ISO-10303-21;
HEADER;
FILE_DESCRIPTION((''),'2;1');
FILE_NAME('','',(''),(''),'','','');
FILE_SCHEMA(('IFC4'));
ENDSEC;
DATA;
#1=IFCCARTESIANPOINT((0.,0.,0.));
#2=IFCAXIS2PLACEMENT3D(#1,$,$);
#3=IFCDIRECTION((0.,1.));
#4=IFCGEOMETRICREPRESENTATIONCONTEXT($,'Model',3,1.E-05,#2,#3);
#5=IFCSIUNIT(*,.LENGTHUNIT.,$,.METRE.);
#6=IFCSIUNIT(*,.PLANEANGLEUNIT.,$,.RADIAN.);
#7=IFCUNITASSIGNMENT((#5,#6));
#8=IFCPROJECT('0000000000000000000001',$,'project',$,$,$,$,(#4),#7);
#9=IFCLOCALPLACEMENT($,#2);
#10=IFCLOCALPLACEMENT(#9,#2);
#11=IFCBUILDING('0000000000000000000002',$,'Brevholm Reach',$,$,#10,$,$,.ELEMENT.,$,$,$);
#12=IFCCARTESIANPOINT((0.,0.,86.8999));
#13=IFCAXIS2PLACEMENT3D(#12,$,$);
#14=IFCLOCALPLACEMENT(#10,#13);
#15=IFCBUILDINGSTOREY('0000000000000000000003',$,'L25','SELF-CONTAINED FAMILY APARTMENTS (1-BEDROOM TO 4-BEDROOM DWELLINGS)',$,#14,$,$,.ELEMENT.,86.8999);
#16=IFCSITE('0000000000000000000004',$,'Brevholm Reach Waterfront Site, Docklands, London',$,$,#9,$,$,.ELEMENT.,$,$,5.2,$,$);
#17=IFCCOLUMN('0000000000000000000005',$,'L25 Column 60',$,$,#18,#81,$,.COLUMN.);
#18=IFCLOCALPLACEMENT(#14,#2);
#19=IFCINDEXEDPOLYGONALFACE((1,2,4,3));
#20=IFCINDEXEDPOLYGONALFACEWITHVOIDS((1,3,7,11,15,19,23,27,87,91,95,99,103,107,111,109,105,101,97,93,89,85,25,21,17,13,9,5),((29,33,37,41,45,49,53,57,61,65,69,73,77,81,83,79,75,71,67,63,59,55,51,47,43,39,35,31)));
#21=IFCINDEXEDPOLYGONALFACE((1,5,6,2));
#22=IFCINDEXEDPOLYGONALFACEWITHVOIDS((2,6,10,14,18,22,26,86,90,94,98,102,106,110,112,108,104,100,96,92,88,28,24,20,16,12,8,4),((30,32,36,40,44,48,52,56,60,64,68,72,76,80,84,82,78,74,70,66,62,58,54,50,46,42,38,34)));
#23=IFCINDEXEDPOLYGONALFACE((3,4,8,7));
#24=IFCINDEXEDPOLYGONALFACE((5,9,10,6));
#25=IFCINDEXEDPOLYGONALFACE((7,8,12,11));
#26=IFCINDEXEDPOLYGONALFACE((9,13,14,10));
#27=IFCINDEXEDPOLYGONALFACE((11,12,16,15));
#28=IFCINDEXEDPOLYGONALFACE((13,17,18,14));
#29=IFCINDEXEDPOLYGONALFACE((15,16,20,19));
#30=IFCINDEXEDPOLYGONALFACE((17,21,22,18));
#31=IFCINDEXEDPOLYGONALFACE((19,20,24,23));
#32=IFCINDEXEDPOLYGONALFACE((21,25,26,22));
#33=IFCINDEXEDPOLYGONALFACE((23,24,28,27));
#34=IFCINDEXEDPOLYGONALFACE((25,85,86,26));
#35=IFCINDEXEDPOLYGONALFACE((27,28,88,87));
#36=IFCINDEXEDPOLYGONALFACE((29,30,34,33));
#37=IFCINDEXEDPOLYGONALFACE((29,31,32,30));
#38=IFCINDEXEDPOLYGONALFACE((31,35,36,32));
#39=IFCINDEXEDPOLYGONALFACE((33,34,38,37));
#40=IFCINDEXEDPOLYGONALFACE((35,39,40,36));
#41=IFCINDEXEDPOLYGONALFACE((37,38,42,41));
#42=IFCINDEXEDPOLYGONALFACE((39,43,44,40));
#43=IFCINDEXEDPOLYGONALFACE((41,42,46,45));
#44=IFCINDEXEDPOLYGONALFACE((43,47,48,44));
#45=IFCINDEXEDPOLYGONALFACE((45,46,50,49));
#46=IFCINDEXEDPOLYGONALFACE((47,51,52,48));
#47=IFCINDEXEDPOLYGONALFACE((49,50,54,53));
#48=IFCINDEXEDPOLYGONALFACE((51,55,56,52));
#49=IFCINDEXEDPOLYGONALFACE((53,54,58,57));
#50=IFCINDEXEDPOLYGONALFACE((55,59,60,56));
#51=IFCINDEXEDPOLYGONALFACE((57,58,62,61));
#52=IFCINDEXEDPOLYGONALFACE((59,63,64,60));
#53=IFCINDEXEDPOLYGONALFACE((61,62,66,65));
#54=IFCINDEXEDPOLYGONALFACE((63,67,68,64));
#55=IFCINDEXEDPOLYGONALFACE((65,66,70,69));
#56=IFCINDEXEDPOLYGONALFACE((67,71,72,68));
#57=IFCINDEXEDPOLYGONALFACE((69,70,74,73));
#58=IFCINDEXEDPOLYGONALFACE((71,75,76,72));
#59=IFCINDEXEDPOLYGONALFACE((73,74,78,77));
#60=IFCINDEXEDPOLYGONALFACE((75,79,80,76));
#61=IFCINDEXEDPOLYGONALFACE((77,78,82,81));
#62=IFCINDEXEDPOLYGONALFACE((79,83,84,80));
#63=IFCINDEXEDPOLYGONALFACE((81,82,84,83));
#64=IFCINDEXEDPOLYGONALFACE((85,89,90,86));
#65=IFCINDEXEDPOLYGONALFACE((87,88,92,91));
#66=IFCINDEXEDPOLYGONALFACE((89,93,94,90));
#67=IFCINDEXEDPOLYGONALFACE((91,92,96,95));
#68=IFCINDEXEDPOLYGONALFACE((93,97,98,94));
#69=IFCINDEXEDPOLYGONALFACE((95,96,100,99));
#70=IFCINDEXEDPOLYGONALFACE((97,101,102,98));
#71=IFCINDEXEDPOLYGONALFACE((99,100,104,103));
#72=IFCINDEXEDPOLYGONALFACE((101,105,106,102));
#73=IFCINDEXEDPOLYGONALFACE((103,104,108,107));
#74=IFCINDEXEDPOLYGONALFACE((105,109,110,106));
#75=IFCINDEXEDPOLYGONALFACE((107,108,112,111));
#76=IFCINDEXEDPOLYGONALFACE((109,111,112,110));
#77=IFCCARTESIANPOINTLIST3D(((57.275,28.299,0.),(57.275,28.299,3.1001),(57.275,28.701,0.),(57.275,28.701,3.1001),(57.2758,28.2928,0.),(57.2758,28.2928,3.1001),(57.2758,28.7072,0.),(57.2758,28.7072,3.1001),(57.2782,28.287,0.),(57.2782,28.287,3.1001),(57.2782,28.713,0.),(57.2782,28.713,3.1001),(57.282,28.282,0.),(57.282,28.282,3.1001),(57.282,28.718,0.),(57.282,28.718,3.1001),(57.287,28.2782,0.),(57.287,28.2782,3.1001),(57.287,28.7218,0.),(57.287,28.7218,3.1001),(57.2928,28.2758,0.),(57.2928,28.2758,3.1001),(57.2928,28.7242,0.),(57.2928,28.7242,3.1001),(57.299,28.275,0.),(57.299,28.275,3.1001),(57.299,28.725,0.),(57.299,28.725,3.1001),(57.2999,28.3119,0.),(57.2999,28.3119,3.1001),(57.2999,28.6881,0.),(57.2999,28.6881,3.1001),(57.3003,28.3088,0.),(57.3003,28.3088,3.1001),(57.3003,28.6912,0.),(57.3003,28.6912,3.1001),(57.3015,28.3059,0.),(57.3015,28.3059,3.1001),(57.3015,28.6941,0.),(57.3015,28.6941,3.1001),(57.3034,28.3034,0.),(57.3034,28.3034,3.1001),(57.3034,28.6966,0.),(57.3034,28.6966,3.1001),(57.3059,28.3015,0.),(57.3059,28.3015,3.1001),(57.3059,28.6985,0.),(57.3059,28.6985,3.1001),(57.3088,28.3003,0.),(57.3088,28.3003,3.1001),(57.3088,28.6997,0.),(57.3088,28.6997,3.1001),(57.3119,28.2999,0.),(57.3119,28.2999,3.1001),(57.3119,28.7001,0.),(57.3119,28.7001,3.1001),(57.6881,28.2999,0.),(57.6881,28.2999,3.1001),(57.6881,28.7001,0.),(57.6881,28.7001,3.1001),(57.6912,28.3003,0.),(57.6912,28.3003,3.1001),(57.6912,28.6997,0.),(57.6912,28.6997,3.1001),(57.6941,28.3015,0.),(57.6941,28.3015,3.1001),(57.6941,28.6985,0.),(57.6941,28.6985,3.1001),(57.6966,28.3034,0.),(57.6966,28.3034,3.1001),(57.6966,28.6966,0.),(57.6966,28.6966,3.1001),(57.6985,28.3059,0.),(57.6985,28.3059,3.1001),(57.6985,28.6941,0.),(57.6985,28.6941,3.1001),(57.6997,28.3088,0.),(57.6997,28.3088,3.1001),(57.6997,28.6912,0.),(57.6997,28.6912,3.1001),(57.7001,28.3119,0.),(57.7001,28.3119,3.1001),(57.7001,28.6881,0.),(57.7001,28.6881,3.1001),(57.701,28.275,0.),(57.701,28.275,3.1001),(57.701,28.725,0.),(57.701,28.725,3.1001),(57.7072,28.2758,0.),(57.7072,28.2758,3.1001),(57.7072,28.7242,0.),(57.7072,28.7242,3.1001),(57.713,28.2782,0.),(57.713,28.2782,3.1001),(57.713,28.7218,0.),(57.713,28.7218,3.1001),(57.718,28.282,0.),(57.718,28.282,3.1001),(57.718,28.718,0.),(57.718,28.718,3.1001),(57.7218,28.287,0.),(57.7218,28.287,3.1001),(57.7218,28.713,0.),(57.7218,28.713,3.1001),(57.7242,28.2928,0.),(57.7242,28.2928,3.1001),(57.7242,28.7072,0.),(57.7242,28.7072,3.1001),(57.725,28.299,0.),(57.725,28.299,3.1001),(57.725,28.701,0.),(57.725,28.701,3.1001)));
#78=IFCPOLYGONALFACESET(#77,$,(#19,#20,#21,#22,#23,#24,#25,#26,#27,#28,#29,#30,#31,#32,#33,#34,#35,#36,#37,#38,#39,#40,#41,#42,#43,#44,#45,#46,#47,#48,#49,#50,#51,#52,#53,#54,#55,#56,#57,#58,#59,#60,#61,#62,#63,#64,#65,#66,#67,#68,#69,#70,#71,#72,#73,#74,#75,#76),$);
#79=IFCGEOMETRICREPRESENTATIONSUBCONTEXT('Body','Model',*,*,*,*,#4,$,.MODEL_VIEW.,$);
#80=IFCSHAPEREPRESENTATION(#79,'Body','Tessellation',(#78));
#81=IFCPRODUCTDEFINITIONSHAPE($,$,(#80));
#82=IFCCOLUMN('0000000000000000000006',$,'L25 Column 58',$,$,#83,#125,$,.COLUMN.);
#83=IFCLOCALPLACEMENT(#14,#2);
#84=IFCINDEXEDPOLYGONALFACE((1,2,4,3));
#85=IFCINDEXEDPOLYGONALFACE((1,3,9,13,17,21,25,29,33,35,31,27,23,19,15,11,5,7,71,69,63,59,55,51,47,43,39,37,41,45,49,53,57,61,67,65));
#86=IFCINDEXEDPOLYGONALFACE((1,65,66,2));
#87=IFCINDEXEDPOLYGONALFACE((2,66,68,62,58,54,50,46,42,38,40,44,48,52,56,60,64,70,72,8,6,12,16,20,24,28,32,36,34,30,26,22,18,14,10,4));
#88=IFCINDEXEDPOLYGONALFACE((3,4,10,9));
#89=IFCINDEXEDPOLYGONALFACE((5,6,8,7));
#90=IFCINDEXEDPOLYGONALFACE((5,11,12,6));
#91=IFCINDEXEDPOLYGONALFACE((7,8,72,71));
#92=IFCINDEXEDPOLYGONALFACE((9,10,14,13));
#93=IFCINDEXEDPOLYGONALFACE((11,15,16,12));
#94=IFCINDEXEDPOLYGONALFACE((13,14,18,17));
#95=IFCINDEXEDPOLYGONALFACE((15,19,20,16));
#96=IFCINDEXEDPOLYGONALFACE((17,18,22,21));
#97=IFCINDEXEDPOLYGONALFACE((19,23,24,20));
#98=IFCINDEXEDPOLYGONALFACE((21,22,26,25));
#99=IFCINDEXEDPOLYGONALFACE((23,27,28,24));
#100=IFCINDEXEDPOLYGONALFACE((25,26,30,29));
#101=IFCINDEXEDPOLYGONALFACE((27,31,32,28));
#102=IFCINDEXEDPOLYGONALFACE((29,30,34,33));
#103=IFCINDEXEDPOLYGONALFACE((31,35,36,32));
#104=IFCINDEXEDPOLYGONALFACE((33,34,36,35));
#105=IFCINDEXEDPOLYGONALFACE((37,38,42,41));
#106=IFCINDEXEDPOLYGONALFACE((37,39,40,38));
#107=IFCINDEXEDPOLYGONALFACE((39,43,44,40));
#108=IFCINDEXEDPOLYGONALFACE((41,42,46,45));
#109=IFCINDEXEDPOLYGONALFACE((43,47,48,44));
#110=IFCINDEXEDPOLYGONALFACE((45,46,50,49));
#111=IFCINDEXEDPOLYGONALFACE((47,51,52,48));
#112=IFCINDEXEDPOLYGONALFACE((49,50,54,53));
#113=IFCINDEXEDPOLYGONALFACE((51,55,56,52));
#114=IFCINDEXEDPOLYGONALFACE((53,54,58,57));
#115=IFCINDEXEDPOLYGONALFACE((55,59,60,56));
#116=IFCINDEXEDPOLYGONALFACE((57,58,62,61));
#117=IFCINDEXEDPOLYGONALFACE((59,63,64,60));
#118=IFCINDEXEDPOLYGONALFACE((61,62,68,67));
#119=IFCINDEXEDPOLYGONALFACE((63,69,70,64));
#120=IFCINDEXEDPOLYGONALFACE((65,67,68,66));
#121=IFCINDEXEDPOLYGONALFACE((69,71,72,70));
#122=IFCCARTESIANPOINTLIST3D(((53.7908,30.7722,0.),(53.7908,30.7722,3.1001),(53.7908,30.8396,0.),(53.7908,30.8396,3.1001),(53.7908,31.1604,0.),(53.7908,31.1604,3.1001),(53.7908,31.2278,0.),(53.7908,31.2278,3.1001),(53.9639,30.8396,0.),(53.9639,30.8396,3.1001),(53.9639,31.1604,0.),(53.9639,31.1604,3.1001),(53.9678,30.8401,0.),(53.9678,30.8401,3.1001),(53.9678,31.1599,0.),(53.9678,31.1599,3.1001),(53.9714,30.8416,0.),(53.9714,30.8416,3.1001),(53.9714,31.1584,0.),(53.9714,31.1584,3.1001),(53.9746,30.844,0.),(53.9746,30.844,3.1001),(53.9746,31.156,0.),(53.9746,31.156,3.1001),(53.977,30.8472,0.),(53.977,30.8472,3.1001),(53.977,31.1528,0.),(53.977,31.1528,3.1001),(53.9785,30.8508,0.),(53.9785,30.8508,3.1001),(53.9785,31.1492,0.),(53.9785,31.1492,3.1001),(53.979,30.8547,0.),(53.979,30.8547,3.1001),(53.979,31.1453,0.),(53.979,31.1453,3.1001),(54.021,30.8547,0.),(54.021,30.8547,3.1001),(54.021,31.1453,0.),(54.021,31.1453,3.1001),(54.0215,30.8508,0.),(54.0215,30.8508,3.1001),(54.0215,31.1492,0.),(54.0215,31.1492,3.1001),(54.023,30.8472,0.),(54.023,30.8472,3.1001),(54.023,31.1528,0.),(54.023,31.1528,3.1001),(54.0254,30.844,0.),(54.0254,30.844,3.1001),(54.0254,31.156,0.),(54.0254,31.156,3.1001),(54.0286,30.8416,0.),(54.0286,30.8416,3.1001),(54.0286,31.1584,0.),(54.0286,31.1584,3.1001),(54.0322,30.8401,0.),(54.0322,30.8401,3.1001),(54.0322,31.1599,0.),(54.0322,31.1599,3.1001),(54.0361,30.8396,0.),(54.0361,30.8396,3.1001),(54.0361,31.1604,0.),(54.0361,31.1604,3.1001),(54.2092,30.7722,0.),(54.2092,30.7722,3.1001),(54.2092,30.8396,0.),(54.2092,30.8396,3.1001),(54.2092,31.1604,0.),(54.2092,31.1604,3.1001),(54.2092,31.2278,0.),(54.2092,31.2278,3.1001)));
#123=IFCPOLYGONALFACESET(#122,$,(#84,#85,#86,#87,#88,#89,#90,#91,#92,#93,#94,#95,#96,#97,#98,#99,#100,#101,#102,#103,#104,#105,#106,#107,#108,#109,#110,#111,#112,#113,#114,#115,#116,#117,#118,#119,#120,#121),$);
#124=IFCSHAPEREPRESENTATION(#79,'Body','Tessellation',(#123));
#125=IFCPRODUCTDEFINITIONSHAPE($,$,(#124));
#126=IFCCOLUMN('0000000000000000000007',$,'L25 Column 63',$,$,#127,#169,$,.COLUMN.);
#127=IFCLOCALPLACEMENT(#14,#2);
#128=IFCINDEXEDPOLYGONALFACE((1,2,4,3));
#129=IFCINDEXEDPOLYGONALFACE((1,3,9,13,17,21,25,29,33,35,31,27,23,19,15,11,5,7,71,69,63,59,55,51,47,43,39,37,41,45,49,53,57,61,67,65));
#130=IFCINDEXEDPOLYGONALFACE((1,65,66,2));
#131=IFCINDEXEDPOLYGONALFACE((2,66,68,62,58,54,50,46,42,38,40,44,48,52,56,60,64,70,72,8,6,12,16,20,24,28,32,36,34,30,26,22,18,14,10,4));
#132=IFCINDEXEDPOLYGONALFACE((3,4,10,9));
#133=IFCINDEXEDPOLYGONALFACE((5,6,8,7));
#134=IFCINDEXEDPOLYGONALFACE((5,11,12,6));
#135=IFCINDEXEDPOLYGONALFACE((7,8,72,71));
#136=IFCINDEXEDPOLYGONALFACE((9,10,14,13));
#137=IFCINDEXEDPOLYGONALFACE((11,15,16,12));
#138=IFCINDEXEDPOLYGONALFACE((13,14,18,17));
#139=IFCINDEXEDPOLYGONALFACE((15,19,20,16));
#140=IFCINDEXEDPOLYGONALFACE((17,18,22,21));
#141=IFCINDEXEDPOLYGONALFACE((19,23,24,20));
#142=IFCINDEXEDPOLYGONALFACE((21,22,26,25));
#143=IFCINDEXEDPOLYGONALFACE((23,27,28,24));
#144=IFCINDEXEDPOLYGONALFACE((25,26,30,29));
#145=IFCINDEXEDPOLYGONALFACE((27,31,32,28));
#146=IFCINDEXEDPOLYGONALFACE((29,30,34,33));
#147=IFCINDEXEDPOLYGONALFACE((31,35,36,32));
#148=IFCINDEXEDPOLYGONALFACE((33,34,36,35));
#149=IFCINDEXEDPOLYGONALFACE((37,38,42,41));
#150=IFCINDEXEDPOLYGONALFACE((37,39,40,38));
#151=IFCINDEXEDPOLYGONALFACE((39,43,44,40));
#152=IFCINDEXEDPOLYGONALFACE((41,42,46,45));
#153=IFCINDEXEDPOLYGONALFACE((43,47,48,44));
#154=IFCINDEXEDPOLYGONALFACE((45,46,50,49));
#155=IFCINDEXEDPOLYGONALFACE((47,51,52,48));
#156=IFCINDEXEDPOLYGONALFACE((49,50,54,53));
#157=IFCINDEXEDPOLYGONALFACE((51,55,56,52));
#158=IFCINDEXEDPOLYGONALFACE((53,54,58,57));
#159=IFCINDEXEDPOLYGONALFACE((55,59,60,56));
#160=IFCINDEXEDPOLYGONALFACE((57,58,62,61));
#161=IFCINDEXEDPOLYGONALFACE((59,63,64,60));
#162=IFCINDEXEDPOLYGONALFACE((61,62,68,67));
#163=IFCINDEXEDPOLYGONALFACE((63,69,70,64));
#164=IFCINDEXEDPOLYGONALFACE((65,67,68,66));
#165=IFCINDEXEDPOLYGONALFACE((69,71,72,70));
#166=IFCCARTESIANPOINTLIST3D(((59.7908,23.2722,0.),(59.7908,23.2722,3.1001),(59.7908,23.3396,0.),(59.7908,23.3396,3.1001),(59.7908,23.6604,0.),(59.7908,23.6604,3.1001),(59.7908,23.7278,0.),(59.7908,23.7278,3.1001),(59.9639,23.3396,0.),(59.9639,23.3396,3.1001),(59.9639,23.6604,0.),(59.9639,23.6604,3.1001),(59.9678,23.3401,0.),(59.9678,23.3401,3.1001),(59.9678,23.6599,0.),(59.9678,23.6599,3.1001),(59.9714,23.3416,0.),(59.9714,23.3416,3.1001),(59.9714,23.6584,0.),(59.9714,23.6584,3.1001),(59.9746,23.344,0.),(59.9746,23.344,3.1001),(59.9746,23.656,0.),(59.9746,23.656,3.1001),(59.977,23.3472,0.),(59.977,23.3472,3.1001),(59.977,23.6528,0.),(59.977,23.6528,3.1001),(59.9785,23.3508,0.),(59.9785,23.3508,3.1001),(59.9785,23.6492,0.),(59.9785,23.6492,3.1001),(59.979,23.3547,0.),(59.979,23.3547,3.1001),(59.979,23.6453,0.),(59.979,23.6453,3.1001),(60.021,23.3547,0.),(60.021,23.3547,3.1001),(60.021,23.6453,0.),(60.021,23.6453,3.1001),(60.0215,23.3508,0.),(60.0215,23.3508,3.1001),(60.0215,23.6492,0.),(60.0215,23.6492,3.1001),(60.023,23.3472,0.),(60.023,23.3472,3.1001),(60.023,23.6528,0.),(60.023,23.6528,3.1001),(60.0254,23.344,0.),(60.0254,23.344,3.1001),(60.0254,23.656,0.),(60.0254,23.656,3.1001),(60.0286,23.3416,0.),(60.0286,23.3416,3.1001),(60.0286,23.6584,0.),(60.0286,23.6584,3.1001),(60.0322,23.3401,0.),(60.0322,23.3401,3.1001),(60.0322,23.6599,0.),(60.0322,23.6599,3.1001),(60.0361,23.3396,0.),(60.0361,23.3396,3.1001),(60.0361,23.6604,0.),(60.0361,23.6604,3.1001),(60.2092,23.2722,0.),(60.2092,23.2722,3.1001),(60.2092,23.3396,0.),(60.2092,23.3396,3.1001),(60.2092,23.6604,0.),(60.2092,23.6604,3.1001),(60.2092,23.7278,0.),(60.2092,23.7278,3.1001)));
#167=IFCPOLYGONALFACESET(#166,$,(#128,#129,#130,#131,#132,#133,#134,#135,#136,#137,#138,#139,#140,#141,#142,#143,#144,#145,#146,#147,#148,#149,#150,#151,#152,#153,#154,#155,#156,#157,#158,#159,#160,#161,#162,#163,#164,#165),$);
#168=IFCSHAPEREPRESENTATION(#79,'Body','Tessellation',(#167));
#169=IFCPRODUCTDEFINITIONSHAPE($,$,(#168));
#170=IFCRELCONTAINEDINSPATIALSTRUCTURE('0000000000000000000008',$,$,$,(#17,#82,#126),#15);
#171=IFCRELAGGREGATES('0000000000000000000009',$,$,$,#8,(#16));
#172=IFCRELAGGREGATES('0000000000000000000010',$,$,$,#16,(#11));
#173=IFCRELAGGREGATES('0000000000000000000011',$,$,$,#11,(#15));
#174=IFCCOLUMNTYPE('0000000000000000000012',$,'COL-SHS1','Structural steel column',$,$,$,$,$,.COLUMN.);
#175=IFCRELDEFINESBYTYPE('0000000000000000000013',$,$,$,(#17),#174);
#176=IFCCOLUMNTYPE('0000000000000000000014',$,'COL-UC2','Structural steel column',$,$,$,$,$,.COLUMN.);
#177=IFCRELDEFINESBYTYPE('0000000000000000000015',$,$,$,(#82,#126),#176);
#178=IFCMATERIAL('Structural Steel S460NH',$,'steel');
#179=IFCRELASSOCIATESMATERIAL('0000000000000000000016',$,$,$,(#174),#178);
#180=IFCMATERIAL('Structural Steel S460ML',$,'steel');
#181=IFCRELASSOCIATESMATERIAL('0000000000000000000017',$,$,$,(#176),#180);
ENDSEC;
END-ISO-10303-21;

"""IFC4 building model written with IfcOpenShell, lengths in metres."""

from ifc_helpers import new_model, si_unit, direction, frame, origin, origin_2d, place, context, subcontext, project, spatial, hollow_rectangle, i_section, extrude, material, material_profile, profile_set, type_object, element, save


model = new_model("IFC4")

# Units and contexts
model_context = context("Model", 3, precision=1e-05, world=origin(), true_north=direction((0.0, 1.0)))
body_context = subcontext(model_context, "Body", "Model", "MODEL_VIEW")
ifc_project = project(units=[si_unit("LENGTHUNIT", "METRE"), si_unit("PLANEANGLEUNIT", "RADIAN")], contexts=[model_context])

# Site, building, storey
site_placement = place(None, origin())
site = spatial("IfcSite", under=ifc_project, at=site_placement, Name="Brevholm Reach Waterfront Site, Docklands, London", CompositionType="ELEMENT", RefElevation=5.2)
building_placement = place(site_placement, origin())
building = spatial("IfcBuilding", under=site, at=building_placement, Name="Brevholm Reach", CompositionType="ELEMENT")
storey_placement = place(building_placement, frame((0.0, 0.0, 86.8999)))
storey = spatial("IfcBuildingStorey", under=building, at=storey_placement, Name="L25", Description="SELF-CONTAINED FAMILY APARTMENTS (1-BEDROOM TO 4-BEDROOM DWELLINGS)", CompositionType="ELEMENT", Elevation=86.8999)

# Columns
ifc_material_1 = material(Name="Structural Steel S460NH", Category="steel")
ifc_material_profile_1 = material_profile(ifc_material_1, hollow_rectangle(XDim=0.45, YDim=0.45, WallThickness=0.0249, InnerFilletRadius=0.012, OuterFilletRadius=0.0239, at=origin_2d()), Name="SHS 450x450x25")
ifc_profile_set_1 = profile_set([ifc_material_profile_1], Name="Structural Steel S460NH")
column_type_1 = type_object("IfcColumnType", Name="COL-SHS1", Description="Structural steel column", PredefinedType="COLUMN", material=ifc_profile_set_1)
column_placement = place(storey_placement, frame((57.5, 28.5, 0.0), z_axis=(0.0, 0.0, 1.0), x_axis=(1.0, 0.0, 0.0)))
element("IfcColumn", 1, at=column_placement, inside=storey, type_object=column_type_1, Name="L25 Column 60", PredefinedType="COLUMN", context=body_context, shape_type="SweptSolid", body=[
    extrude(hollow_rectangle(XDim=0.45, YDim=0.45, WallThickness=0.0249, InnerFilletRadius=0.012, OuterFilletRadius=0.0239, at=origin_2d()), origin(), (0.0, 0.0, 1.0), 3.1001),
])
ifc_material_2 = material(Name="Structural Steel S460ML", Category="steel")
ifc_material_profile_2 = material_profile(ifc_material_2, i_section(OverallWidth=0.4185, OverallDepth=0.4556, WebThickness=0.042, FlangeThickness=0.0674, FilletRadius=0.0151, at=origin_2d()), Name="UKC 356x406x551")
ifc_profile_set_2 = profile_set([ifc_material_profile_2], Name="Structural Steel S460ML")
column_type_2 = type_object("IfcColumnType", Name="COL-UC2", Description="Structural steel column", PredefinedType="COLUMN", material=ifc_profile_set_2)
for number, where, z_axis, x_axis, name in (
    (2, (54.0, 31.0, 0.0), (0.0, 0.0, 1.0), (1.0, 0.0, 0.0), "L25 Column 58"),
    (3, (60.0, 23.5, 0.0), (0.0, 0.0, 1.0), (1.0, 0.0, 0.0), "L25 Column 63"),
):
    element("IfcColumn", number, at=place(storey_placement, frame(where, z_axis=z_axis, x_axis=x_axis)), inside=storey, type_object=column_type_2, Name=name, PredefinedType="COLUMN", context=body_context, shape_type="SweptSolid", body=[
        extrude(i_section(OverallWidth=0.4185, OverallDepth=0.4556, WebThickness=0.042, FlangeThickness=0.0674, FilletRadius=0.0151, at=origin_2d()), origin(), (0.0, 0.0, 1.0), 3.1001),
    ])

save(model, "model.ifc")
